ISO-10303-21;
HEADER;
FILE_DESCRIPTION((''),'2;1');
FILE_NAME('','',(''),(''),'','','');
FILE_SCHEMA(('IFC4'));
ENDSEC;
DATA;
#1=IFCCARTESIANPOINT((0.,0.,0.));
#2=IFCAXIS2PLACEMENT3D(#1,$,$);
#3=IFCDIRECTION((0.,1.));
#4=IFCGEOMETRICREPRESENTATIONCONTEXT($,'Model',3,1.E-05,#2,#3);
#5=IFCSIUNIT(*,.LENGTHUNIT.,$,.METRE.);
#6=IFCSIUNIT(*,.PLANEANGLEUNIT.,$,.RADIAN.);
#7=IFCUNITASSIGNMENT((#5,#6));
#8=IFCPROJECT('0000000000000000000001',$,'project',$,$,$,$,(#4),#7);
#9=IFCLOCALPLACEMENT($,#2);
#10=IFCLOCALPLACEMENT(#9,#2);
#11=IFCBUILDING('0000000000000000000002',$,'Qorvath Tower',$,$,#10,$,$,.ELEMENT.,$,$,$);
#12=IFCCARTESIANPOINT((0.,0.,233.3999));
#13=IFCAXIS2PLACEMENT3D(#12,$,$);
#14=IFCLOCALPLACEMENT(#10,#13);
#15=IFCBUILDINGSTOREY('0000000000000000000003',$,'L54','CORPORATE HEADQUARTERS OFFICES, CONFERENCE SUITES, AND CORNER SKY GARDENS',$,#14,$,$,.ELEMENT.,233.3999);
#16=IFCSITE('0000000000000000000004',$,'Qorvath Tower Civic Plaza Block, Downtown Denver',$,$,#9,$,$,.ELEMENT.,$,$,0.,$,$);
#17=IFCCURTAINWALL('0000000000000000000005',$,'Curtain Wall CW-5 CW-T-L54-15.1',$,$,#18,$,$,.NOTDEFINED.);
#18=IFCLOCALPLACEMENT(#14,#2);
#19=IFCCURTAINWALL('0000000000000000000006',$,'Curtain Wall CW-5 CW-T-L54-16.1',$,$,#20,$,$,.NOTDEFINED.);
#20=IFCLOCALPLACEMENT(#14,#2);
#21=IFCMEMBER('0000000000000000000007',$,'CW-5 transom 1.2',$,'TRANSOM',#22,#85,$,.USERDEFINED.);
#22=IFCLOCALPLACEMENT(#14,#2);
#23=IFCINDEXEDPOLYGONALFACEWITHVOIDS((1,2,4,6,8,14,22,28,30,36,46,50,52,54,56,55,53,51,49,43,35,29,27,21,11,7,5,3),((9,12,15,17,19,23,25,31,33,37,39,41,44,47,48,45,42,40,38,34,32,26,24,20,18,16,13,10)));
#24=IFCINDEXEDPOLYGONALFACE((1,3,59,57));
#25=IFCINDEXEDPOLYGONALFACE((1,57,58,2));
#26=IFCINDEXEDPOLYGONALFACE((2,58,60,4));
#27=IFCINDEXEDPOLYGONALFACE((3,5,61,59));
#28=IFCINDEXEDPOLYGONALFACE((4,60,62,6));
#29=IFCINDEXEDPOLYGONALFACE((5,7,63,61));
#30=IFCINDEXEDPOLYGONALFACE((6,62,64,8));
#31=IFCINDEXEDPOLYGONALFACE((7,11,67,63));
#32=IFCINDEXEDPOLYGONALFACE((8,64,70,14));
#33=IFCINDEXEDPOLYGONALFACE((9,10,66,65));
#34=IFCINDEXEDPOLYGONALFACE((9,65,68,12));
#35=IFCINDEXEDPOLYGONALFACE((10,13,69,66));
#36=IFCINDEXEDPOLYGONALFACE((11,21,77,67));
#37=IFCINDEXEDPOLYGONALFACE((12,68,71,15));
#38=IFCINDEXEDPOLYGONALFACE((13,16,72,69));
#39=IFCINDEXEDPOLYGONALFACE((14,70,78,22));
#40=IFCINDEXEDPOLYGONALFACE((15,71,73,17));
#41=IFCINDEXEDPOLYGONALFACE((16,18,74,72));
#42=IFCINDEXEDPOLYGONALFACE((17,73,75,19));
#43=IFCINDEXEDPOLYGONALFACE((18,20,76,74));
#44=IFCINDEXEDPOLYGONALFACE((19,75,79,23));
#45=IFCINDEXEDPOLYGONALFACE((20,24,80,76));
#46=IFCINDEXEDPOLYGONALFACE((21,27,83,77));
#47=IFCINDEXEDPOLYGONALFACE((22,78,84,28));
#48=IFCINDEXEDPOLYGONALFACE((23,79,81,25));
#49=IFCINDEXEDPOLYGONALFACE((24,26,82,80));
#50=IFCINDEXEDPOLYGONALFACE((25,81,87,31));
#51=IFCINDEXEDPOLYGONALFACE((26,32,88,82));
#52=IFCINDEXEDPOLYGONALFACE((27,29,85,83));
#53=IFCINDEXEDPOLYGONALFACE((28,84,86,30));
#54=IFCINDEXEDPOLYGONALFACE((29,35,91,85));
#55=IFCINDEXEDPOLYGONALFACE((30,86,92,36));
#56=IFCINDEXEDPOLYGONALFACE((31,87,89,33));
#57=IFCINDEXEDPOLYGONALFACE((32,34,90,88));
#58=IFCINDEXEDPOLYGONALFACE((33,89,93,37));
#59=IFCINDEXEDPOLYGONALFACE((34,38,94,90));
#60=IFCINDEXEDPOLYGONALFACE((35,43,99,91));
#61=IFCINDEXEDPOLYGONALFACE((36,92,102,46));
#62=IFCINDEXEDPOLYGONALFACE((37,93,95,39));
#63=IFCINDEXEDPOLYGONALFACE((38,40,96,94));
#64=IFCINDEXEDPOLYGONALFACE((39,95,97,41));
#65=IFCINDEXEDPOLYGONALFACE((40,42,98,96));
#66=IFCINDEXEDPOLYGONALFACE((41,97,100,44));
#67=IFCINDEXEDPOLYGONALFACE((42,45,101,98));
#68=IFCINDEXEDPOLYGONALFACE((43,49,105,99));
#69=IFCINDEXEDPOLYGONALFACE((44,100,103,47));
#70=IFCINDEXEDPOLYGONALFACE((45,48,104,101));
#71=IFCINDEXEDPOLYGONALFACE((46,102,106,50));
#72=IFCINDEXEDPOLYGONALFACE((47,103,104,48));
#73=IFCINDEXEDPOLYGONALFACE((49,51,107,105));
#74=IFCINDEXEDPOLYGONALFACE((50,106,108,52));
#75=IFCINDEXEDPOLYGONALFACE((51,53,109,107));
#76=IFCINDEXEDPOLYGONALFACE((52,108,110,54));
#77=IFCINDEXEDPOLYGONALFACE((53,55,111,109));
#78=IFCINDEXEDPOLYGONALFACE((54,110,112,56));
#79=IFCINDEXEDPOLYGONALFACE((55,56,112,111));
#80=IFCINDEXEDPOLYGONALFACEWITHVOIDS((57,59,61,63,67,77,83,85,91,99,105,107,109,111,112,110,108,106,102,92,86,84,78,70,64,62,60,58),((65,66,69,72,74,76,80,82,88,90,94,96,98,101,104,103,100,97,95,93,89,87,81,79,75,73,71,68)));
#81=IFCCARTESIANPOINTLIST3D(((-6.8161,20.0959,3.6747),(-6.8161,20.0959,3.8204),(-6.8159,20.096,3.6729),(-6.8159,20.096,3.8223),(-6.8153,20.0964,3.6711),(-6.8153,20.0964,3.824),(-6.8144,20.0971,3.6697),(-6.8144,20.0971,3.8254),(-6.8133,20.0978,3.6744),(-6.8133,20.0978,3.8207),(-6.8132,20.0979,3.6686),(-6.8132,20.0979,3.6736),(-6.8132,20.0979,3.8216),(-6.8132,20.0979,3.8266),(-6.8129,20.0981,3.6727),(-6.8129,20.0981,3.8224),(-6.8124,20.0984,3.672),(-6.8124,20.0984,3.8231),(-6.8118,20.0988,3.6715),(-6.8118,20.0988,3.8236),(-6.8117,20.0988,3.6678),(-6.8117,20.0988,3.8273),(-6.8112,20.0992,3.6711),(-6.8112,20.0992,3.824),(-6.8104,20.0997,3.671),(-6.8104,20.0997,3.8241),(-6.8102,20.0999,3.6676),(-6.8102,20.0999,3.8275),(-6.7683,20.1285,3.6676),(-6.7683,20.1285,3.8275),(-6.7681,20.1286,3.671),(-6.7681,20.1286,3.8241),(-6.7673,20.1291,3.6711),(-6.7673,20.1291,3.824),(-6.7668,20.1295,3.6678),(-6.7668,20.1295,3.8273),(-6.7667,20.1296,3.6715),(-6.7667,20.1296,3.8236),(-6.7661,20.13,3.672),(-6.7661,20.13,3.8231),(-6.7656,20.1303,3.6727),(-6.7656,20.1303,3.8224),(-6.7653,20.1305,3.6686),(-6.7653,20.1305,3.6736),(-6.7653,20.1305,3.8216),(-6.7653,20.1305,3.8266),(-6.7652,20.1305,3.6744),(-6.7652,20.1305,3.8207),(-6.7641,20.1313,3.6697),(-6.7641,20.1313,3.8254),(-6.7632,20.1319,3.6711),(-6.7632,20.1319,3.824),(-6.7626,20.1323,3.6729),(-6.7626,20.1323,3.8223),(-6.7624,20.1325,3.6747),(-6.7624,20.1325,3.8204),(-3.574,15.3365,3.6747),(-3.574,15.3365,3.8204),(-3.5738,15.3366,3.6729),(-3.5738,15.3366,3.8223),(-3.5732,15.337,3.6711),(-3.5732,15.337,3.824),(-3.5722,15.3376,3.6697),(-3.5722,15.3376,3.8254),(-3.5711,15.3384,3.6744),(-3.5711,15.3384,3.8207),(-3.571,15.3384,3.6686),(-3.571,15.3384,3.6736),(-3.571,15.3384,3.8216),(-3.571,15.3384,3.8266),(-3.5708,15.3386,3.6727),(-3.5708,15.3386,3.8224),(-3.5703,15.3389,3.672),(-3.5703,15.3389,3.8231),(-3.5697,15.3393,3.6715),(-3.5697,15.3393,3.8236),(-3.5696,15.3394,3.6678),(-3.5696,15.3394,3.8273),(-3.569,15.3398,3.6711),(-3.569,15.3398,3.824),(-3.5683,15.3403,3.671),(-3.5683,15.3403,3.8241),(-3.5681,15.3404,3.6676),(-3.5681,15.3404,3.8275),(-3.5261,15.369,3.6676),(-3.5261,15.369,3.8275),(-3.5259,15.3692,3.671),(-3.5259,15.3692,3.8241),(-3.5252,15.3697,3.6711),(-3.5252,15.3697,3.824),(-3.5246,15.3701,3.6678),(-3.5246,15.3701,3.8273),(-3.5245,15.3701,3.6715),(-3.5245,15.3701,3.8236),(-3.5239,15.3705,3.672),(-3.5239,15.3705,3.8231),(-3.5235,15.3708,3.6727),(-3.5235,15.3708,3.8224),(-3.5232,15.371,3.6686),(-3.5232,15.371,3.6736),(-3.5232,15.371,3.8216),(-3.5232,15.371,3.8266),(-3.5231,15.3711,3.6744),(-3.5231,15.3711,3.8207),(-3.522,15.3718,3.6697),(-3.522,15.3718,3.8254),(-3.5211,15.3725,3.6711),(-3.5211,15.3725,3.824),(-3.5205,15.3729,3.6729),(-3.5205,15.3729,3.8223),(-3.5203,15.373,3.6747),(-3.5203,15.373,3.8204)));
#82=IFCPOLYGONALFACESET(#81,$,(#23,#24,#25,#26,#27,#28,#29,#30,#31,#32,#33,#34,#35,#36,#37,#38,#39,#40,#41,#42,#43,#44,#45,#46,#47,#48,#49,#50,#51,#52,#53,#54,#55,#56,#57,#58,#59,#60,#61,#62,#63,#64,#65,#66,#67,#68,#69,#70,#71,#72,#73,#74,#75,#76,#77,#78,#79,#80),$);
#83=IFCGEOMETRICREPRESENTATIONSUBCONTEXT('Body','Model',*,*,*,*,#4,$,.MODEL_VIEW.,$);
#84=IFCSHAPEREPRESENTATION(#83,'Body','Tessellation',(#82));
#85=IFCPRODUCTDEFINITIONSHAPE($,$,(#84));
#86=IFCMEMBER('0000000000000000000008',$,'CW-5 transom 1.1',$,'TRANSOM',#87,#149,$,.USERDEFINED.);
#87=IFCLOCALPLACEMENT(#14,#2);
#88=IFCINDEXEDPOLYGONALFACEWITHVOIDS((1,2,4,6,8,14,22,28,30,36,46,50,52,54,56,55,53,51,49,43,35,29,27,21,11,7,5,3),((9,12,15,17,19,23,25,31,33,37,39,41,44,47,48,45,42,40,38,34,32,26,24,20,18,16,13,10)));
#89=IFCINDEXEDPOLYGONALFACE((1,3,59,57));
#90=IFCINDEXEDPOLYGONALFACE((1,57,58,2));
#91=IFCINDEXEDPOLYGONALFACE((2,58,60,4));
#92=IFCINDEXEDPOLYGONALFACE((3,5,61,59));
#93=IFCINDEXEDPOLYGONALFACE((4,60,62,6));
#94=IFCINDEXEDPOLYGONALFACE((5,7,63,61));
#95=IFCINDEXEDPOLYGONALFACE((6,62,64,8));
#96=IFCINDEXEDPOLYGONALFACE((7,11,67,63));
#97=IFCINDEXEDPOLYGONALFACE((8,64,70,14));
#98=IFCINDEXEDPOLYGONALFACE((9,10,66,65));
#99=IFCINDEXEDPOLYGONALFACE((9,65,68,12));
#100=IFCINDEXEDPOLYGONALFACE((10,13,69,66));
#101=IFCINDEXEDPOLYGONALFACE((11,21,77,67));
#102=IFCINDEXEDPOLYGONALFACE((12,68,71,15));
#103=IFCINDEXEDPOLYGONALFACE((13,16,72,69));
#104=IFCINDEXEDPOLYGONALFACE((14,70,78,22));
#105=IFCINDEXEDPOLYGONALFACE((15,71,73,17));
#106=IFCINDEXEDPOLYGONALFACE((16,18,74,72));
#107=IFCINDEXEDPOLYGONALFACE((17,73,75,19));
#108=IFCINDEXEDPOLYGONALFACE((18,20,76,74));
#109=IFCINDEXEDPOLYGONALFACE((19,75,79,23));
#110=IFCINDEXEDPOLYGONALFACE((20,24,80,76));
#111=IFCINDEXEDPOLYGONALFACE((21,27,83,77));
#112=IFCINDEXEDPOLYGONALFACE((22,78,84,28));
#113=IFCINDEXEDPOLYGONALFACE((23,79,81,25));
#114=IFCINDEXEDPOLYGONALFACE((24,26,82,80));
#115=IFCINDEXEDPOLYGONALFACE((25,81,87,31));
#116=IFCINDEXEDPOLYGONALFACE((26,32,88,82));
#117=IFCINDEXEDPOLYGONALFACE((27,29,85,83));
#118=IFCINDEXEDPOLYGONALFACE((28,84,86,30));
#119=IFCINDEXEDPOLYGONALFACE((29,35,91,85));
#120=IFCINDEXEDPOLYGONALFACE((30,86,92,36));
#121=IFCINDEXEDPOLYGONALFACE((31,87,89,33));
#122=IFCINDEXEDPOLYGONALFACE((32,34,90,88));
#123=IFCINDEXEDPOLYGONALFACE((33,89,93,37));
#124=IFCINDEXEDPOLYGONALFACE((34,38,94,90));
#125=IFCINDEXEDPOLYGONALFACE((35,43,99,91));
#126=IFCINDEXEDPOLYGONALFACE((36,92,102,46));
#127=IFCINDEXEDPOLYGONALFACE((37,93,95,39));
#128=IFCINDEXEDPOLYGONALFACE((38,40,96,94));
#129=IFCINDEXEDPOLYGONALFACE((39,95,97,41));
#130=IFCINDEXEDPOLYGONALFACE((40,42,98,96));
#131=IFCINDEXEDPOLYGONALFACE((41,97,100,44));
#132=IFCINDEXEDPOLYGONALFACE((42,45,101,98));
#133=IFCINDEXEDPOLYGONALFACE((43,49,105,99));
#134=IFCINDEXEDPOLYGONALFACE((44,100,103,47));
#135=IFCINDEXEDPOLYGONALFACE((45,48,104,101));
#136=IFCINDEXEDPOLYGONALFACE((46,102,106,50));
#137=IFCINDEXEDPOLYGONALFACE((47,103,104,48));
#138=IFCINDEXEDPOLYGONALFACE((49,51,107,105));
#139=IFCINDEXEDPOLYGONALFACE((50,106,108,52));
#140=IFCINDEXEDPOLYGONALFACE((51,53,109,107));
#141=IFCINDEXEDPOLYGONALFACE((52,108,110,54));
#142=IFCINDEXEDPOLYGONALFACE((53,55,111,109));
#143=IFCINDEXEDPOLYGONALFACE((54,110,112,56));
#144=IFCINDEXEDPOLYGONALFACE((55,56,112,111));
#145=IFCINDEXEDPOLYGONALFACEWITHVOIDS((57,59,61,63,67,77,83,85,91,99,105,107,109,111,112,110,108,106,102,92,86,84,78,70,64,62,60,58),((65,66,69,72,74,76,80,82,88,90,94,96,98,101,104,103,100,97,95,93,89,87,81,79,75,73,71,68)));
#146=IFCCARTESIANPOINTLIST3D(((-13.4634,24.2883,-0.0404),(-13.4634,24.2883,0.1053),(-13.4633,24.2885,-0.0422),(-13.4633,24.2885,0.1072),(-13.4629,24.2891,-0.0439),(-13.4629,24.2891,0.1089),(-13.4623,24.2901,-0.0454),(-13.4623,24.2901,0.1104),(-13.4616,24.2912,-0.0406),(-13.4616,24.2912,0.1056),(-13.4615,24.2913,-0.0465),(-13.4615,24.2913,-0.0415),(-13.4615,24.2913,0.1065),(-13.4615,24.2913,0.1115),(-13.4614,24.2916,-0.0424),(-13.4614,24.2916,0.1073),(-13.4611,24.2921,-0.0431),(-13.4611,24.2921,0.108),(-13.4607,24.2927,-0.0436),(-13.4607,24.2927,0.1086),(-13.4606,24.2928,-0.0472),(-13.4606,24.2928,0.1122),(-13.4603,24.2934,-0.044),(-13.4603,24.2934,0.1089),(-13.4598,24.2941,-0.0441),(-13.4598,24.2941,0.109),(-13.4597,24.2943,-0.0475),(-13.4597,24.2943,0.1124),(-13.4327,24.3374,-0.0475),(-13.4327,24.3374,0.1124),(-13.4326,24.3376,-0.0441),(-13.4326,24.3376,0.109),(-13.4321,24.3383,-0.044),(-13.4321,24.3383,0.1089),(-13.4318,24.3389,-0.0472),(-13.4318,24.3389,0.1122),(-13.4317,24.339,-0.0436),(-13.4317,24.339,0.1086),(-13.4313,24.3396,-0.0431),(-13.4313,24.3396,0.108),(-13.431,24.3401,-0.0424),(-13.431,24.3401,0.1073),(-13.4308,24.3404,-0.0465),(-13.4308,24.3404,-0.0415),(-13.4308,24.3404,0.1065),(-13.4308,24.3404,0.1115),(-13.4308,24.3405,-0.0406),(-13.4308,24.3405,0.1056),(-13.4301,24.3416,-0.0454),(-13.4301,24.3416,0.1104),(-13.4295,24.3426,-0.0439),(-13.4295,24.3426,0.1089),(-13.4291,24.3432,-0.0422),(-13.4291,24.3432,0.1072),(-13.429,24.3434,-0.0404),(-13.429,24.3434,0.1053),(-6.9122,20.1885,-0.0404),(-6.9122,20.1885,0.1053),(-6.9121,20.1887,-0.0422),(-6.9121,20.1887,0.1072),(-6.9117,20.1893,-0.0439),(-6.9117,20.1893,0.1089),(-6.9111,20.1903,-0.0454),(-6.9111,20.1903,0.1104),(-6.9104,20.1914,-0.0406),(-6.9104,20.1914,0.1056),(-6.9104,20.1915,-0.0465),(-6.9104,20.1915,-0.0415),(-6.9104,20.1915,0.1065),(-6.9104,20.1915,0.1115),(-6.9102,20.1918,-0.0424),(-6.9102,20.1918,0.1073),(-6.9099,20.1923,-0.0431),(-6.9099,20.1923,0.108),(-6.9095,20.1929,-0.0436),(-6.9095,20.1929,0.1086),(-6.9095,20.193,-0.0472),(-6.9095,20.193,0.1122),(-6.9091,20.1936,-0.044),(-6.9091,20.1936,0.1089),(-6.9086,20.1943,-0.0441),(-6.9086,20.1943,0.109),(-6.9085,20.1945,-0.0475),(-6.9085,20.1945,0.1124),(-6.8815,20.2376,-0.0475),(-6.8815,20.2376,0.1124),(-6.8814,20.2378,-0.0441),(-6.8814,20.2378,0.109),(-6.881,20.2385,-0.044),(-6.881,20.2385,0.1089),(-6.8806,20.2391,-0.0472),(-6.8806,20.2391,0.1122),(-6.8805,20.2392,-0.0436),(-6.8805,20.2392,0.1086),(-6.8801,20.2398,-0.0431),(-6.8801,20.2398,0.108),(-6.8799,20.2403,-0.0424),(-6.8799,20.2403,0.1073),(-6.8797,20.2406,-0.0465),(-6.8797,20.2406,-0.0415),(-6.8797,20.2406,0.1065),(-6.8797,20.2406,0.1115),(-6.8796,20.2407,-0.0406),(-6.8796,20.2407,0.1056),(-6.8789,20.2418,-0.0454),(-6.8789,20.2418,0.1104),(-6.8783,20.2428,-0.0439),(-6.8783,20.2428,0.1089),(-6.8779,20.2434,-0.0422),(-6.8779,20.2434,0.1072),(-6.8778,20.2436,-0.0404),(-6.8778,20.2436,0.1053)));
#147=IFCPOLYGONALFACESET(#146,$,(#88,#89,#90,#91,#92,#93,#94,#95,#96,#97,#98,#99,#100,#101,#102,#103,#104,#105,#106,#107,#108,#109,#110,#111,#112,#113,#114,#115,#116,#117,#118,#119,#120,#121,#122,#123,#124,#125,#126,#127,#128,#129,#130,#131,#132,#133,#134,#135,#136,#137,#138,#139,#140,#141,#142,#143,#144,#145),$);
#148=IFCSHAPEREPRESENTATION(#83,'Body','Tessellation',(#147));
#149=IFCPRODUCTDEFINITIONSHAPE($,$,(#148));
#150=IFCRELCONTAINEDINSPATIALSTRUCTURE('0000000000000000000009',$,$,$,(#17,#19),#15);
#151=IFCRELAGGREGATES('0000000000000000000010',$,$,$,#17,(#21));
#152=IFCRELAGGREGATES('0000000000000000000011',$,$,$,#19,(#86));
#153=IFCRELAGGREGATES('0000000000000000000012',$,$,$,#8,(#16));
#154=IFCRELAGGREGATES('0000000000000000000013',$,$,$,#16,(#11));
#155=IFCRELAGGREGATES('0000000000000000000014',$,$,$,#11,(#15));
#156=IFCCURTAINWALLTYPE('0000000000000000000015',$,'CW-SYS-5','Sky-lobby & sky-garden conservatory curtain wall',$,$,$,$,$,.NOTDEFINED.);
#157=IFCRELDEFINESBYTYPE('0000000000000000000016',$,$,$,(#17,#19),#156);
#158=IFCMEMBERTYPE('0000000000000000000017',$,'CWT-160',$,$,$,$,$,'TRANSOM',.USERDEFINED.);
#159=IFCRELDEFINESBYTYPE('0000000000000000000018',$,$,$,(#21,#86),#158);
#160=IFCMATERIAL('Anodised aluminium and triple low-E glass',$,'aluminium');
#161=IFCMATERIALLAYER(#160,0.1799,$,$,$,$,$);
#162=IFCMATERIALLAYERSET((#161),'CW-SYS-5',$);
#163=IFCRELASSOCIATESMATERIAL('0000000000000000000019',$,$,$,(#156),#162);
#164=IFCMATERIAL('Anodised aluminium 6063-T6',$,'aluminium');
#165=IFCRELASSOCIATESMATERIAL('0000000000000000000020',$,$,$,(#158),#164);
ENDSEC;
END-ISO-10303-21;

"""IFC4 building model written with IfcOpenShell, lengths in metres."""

from ifc_helpers import new_model, si_unit, direction, frame, origin, origin_2d, place, context, subcontext, project, spatial, hollow_rectangle, extrude, material, layer, layer_set, material_profile, profile_set, type_object, element, aggregate, save


model = new_model("IFC4")

# Units and contexts
model_context = context("Model", 3, precision=1e-05, world=origin(), true_north=direction((0.0, 1.0)))
body_context = subcontext(model_context, "Body", "Model", "MODEL_VIEW")
ifc_project = project(units=[si_unit("LENGTHUNIT", "METRE"), si_unit("PLANEANGLEUNIT", "RADIAN")], contexts=[model_context])

# Site, building, storey
site_placement = place(None, origin())
site = spatial("IfcSite", under=ifc_project, at=site_placement, Name="Qorvath Tower Civic Plaza Block, Downtown Denver", CompositionType="ELEMENT", RefElevation=0.0)
building_placement = place(site_placement, origin())
building = spatial("IfcBuilding", under=site, at=building_placement, Name="Qorvath Tower", CompositionType="ELEMENT")
storey_placement = place(building_placement, frame((0.0, 0.0, 233.3999)))
storey = spatial("IfcBuildingStorey", under=building, at=storey_placement, Name="L54", Description="CORPORATE HEADQUARTERS OFFICES, CONFERENCE SUITES, AND CORNER SKY GARDENS", CompositionType="ELEMENT", Elevation=233.3999)

# Shared definitions
ifc_material_1 = material(Name="Anodised aluminium and triple low-E glass", Category="aluminium")
ifc_layer_1 = layer(ifc_material_1, 0.1799)
ifc_layer_set_1 = layer_set([ifc_layer_1], Name="CW-SYS-5")
curtain_wall_type = type_object("IfcCurtainWallType", Name="CW-SYS-5", Description="Sky-lobby & sky-garden conservatory curtain wall", PredefinedType="NOTDEFINED", material=ifc_layer_set_1)

# Curtain walls
curtain_wall_1_placement = place(storey_placement, origin())
curtain_wall_1 = element("IfcCurtainWall", 1, at=curtain_wall_1_placement, inside=storey, type_object=curtain_wall_type, Name="Curtain Wall CW-5 CW-T-L54-15.1", PredefinedType="NOTDEFINED")
curtain_wall_2_placement = place(storey_placement, origin())
curtain_wall_2 = element("IfcCurtainWall", 2, at=curtain_wall_2_placement, inside=storey, type_object=curtain_wall_type, Name="Curtain Wall CW-5 CW-T-L54-16.1", PredefinedType="NOTDEFINED")

# Members
ifc_material_2 = material(Name="Anodised aluminium 6063-T6", Category="aluminium")
ifc_material_profile_1 = material_profile(ifc_material_2, hollow_rectangle(XDim=0.0649, YDim=0.1599, WallThickness=0.0034, InnerFilletRadius=0.0034, OuterFilletRadius=0.0071, at=origin_2d()), Name="CWT 160x65")
ifc_profile_set_1 = profile_set([ifc_material_profile_1], Name="Anodised aluminium 6063-T6")
member_type_1 = type_object("IfcMemberType", Name="CWT-160", ElementType="TRANSOM", PredefinedType="USERDEFINED", material=ifc_profile_set_1)
member_1_placement = place(storey_placement, frame((-3.5471, 15.3547, 3.7476), z_axis=(-0.562988, 0.826465, 0.0), x_axis=(-0.826465, -0.562988, 0.0)))
member_1 = element("IfcMember", 3, at=member_1_placement, type_object=member_type_1, Name="CW-5 transom 1.2", ObjectType="TRANSOM", PredefinedType="USERDEFINED", context=body_context, shape_type="SweptSolid", body=[
    extrude(hollow_rectangle(XDim=0.0649, YDim=0.1599, WallThickness=0.0034, InnerFilletRadius=0.0034, OuterFilletRadius=0.0071, at=origin_2d()), origin(), (0.0, 0.0, 1.0), 5.7588),
])
member_2_placement = place(storey_placement, frame((-6.895, 20.2161, 0.0325), z_axis=(-0.847689, 0.530493, 0.0), x_axis=(-0.530493, -0.847689, 0.0)))
member_2 = element("IfcMember", 4, at=member_2_placement, type_object=member_type_1, Name="CW-5 transom 1.1", ObjectType="TRANSOM", PredefinedType="USERDEFINED", context=body_context, shape_type="SweptSolid", body=[
    extrude(hollow_rectangle(XDim=0.0649, YDim=0.1599, WallThickness=0.0034, InnerFilletRadius=0.0034, OuterFilletRadius=0.0071, at=origin_2d()), origin(), (0.0, 0.0, 1.0), 7.7283),
])

aggregate(curtain_wall_1, [member_1])
aggregate(curtain_wall_2, [member_2])

save(model, "model.ifc")
